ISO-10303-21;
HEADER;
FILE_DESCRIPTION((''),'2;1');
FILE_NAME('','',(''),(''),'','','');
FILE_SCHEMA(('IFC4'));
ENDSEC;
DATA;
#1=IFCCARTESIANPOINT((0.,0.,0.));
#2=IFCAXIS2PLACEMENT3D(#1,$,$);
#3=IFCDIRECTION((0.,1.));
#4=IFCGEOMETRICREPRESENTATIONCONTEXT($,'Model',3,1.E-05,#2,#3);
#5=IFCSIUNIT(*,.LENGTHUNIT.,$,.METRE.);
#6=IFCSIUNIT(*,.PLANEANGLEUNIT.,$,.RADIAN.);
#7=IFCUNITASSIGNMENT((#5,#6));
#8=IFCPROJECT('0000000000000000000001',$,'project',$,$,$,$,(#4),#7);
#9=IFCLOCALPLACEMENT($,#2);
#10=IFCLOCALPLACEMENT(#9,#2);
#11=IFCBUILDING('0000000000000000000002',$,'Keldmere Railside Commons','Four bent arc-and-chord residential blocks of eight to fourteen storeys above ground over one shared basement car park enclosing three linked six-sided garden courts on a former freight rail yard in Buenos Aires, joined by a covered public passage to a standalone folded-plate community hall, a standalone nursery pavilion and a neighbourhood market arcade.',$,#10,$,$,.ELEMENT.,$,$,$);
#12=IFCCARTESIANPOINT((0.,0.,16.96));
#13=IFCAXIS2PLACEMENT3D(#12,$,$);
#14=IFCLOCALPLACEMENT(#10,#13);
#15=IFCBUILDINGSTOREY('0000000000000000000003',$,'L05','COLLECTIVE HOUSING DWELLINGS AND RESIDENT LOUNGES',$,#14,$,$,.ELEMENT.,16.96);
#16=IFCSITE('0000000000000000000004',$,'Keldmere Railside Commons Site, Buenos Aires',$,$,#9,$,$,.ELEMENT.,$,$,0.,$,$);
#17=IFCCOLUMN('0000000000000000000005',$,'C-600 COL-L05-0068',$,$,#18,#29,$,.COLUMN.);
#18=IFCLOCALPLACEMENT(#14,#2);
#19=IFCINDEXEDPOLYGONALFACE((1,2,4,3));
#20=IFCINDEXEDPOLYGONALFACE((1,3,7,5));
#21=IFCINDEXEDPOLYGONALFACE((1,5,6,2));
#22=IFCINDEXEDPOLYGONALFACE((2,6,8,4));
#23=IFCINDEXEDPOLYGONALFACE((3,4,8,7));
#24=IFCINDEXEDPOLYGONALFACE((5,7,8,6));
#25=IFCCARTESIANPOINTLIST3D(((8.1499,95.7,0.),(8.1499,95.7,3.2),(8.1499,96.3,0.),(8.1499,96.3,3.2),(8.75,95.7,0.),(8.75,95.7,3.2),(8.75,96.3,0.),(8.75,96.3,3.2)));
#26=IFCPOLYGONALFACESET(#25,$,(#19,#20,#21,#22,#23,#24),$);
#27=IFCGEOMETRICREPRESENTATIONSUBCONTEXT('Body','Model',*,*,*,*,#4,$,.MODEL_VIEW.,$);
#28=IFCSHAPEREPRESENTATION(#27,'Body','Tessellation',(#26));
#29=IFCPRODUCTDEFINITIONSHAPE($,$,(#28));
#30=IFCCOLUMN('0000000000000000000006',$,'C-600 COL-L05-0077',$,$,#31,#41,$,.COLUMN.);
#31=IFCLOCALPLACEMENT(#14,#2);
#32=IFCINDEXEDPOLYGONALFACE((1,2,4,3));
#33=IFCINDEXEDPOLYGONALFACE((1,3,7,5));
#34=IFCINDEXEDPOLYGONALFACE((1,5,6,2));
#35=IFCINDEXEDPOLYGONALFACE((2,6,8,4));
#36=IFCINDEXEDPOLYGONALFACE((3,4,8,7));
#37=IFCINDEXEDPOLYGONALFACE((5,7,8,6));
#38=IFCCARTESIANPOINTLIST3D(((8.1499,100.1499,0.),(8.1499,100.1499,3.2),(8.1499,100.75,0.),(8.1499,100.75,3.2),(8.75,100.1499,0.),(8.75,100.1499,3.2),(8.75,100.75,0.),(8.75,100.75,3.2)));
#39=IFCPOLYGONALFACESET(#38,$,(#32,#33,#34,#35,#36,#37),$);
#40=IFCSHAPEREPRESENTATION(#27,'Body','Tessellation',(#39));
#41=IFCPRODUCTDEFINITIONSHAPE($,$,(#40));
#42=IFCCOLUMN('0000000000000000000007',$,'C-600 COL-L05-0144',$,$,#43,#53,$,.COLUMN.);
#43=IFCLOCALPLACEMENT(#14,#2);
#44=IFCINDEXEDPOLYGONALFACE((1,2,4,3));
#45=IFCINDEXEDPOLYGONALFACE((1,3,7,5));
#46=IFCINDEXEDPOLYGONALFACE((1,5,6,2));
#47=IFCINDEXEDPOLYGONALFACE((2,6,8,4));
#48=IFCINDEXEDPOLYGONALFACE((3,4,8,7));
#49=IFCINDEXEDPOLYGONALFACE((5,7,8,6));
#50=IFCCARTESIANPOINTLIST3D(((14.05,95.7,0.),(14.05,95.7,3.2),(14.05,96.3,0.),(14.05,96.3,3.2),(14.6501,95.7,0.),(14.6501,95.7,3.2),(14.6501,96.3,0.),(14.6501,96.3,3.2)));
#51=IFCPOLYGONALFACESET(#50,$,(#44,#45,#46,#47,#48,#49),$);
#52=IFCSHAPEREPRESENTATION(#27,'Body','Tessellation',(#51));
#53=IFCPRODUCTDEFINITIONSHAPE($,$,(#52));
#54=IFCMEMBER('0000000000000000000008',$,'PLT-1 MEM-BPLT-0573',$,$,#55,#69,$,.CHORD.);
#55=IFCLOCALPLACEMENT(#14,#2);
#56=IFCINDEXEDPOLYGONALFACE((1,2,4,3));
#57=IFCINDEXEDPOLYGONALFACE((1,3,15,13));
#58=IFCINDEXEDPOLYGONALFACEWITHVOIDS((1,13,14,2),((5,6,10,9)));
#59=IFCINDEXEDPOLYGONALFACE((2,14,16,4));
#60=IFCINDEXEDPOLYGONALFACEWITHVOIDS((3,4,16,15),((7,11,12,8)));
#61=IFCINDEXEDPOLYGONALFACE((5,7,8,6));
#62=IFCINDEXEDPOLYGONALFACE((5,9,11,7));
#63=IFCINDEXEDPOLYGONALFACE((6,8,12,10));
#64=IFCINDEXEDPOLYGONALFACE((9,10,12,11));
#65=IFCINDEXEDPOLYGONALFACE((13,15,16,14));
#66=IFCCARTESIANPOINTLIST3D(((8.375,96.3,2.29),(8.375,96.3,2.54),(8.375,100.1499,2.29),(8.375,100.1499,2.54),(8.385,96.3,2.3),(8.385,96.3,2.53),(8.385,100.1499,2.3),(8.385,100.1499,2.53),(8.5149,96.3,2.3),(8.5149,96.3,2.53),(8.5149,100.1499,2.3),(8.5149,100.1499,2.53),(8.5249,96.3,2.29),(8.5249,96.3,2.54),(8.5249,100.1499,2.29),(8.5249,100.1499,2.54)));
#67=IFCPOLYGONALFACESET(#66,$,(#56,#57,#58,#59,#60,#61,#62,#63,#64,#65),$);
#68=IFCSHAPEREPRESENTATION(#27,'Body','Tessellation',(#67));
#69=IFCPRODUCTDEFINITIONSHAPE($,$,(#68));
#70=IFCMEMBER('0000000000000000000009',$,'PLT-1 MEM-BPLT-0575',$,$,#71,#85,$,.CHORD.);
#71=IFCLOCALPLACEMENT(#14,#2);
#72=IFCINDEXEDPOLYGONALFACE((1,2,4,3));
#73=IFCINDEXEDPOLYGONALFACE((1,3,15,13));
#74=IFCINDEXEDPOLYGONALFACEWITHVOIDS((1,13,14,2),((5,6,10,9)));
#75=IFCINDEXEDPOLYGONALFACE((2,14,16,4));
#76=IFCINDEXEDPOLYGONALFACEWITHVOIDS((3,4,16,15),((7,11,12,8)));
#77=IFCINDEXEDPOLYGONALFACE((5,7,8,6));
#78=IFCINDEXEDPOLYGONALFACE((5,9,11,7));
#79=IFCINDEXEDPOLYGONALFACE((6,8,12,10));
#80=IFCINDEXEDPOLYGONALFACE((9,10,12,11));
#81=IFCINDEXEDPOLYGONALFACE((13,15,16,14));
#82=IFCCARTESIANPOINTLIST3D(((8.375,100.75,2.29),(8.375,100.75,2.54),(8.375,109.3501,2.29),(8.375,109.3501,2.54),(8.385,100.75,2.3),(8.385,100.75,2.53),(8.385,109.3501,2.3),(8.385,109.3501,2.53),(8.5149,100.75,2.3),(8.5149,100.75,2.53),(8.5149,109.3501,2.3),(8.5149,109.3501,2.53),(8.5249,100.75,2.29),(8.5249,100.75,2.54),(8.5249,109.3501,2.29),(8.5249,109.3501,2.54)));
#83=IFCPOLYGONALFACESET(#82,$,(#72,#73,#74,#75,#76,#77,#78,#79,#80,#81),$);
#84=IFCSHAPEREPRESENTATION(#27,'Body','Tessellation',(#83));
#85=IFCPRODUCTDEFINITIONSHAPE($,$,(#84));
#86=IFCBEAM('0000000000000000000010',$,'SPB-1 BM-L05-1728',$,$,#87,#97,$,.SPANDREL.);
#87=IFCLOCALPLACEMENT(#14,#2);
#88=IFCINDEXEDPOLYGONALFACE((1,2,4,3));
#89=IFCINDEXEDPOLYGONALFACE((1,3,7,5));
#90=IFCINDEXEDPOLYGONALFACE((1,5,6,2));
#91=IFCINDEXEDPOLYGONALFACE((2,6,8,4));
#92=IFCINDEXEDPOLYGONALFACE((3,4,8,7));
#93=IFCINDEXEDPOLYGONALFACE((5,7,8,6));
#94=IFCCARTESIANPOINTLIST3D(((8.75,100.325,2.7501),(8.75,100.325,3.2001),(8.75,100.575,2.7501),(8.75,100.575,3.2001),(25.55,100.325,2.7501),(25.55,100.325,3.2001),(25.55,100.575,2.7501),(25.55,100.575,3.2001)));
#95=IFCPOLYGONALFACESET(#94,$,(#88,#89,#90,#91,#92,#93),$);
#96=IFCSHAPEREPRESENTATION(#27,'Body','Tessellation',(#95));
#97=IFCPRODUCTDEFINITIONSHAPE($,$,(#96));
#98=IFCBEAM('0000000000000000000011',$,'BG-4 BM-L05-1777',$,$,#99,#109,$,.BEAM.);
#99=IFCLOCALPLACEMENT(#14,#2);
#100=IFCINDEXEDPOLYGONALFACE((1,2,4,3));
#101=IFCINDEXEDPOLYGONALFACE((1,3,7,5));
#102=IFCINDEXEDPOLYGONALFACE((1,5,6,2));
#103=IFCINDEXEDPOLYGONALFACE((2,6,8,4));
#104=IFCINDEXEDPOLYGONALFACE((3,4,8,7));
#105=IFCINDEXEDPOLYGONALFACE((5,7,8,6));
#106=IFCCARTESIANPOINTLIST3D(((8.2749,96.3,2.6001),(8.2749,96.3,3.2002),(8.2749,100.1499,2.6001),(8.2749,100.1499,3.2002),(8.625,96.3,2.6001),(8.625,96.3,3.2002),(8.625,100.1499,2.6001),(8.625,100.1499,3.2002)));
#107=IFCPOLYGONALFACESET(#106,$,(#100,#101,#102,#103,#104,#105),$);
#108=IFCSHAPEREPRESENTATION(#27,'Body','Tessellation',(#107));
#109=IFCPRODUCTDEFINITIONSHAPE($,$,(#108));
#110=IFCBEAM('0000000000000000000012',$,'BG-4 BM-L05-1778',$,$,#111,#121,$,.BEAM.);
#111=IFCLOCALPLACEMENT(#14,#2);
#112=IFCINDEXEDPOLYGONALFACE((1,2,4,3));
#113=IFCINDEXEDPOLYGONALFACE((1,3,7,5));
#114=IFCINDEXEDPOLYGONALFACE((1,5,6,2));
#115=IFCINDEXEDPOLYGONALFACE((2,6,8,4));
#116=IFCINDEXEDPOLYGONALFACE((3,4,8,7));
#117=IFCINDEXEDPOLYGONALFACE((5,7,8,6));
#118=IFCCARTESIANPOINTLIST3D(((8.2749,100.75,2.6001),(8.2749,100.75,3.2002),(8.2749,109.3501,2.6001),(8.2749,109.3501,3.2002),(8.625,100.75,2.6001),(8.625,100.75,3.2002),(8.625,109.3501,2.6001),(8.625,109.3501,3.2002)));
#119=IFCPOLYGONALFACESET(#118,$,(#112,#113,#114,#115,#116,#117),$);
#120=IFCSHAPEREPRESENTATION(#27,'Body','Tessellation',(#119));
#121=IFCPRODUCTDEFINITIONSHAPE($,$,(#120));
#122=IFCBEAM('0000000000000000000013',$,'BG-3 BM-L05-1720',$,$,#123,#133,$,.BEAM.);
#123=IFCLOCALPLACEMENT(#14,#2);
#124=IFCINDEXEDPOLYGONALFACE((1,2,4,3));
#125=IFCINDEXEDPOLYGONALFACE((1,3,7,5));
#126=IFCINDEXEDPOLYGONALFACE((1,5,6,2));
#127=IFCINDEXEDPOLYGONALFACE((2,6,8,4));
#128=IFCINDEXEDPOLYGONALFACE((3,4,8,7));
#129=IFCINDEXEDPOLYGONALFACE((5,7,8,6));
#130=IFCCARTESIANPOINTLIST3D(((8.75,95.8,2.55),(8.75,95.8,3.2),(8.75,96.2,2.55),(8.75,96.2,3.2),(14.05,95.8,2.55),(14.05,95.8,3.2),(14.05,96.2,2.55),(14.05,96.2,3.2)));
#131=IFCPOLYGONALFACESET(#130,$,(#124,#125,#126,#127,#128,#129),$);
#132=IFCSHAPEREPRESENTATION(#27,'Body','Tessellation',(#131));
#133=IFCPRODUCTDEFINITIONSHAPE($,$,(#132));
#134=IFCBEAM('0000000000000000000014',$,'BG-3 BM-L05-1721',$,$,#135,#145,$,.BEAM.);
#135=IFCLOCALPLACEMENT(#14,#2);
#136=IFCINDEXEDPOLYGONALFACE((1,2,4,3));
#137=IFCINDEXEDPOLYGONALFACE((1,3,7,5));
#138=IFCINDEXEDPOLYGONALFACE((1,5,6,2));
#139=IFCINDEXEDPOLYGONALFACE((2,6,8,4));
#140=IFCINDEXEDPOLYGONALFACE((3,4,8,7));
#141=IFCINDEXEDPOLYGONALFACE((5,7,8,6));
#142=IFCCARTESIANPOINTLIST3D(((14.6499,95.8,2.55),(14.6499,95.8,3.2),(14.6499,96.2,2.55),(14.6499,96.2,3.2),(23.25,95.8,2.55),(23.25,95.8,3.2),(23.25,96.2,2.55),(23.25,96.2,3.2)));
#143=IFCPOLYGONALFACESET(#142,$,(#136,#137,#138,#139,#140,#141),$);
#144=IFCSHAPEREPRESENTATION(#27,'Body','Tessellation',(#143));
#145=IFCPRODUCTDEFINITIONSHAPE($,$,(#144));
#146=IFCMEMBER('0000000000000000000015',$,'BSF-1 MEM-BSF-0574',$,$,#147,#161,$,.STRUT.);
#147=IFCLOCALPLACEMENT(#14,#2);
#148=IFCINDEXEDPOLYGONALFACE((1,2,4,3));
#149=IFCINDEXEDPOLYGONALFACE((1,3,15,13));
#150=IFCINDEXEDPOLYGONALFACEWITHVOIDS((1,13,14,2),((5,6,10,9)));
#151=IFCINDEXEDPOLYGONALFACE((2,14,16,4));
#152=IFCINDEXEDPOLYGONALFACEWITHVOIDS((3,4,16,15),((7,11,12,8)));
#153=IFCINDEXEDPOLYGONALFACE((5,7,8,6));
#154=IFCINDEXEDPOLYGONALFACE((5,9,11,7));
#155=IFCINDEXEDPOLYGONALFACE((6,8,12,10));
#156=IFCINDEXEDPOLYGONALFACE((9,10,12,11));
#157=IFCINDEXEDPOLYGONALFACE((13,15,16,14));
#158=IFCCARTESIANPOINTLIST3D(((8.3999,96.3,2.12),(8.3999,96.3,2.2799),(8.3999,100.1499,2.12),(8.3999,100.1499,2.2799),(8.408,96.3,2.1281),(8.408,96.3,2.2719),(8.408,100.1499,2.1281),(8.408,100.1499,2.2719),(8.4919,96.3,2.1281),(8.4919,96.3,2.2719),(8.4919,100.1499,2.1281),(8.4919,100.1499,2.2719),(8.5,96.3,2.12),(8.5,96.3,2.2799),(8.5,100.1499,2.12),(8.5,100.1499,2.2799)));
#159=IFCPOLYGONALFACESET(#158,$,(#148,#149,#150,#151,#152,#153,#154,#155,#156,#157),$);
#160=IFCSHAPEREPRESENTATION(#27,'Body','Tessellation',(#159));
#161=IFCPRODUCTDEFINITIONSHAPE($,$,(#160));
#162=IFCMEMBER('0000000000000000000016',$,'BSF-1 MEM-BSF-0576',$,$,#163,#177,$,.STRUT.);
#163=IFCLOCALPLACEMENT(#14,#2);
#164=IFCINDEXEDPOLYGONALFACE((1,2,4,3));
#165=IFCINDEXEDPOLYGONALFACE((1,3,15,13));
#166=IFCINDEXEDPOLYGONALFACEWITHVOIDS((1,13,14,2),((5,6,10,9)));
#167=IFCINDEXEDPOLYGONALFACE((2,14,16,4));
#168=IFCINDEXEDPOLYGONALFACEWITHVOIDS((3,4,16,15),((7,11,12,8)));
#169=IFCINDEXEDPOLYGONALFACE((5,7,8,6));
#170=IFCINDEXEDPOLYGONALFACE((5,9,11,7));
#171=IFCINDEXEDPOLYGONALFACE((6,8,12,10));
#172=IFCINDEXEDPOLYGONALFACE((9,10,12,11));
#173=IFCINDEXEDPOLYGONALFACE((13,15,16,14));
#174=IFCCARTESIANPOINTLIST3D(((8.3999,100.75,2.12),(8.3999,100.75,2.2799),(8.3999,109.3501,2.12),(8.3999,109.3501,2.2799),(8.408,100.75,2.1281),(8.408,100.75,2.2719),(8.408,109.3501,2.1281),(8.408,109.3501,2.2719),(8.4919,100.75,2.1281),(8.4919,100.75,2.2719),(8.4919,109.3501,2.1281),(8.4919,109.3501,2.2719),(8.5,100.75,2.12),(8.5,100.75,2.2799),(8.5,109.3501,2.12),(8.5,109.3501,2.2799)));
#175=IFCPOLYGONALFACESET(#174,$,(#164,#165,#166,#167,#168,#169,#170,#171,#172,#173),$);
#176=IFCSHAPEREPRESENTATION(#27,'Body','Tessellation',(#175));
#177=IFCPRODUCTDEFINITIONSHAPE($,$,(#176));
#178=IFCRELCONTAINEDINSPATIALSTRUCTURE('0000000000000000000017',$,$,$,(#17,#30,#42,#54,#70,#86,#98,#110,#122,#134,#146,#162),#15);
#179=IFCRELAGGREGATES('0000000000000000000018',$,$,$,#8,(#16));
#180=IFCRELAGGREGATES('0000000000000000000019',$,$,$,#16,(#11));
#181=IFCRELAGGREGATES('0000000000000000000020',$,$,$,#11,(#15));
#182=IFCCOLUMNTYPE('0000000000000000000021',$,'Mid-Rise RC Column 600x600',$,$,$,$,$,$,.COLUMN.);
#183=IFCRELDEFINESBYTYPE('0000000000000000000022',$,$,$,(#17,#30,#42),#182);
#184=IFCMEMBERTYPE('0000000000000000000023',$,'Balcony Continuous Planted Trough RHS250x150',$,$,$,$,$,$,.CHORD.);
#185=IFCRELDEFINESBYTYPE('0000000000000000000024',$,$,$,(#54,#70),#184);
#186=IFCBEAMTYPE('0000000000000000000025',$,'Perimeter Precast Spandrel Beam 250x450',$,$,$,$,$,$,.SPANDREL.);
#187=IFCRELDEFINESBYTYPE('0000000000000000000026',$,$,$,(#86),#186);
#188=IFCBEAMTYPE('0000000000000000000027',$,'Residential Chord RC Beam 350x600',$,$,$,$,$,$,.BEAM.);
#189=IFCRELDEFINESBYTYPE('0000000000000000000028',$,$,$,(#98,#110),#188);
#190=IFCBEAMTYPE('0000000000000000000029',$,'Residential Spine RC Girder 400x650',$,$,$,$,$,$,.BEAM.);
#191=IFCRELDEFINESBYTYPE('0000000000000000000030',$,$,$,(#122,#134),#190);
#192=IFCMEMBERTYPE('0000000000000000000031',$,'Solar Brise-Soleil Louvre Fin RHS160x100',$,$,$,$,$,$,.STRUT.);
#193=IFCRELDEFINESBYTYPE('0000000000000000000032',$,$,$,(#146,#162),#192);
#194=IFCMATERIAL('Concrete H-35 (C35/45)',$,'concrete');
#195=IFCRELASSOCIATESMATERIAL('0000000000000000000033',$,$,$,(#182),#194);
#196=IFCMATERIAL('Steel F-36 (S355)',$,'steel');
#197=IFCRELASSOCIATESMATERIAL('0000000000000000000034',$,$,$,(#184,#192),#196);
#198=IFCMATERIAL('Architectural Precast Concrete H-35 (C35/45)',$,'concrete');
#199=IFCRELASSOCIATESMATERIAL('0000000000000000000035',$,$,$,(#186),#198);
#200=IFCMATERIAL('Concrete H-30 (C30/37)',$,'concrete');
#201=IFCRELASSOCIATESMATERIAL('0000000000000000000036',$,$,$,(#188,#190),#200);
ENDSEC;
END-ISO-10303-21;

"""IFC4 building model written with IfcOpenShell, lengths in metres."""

from ifc_helpers import new_model, si_unit, direction, frame, origin, origin_2d, place, context, subcontext, project, spatial, rectangle, hollow_rectangle, extrude, material, material_profile, profile_set, type_object, element, save


model = new_model("IFC4")

# Units and contexts
model_context = context("Model", 3, precision=1e-05, world=origin(), true_north=direction((0.0, 1.0)))
body_context = subcontext(model_context, "Body", "Model", "MODEL_VIEW")
ifc_project = project(units=[si_unit("LENGTHUNIT", "METRE"), si_unit("PLANEANGLEUNIT", "RADIAN")], contexts=[model_context])

# Site, building, storey
site_placement = place(None, origin())
site = spatial("IfcSite", under=ifc_project, at=site_placement, Name="Keldmere Railside Commons Site, Buenos Aires", CompositionType="ELEMENT", RefElevation=0.0)
building_placement = place(site_placement, origin())
building = spatial("IfcBuilding", under=site, at=building_placement, Name="Keldmere Railside Commons", Description="Four bent arc-and-chord residential blocks of eight to fourteen storeys above ground over one shared basement car park enclosing three linked six-sided garden courts on a former freight rail yard in Buenos Aires, joined by a covered public passage to a standalone folded-plate community hall, a standalone nursery pavilion and a neighbourhood market arcade.", CompositionType="ELEMENT")
storey_placement = place(building_placement, frame((0.0, 0.0, 16.96)))
storey = spatial("IfcBuildingStorey", under=building, at=storey_placement, Name="L05", Description="COLLECTIVE HOUSING DWELLINGS AND RESIDENT LOUNGES", CompositionType="ELEMENT", Elevation=16.96)

# Columns
ifc_material_1 = material(Name="Concrete H-35 (C35/45)", Category="concrete")
ifc_material_profile_1 = material_profile(ifc_material_1, rectangle(XDim=0.6001, YDim=0.6001, at=origin_2d()), Name="RC-600x600")
ifc_profile_set_1 = profile_set([ifc_material_profile_1], Name="Concrete H-35 (C35/45)")
column_type = type_object("IfcColumnType", Name="Mid-Rise RC Column 600x600", PredefinedType="COLUMN", material=ifc_profile_set_1)
for number, where, z_axis, x_axis, name in (
    (1, (8.45, 96.0, 0.0), (0.0, 0.0, 1.0), (1.0, 0.0, 0.0), "C-600 COL-L05-0068"),
    (2, (8.45, 100.45, 0.0), (0.0, 0.0, 1.0), (1.0, 0.0, 0.0), "C-600 COL-L05-0077"),
    (3, (14.3501, 96.0, 0.0), (0.0, 0.0, 1.0), (1.0, 0.0, 0.0), "C-600 COL-L05-0144"),
):
    element("IfcColumn", number, at=place(storey_placement, frame(where, z_axis=z_axis, x_axis=x_axis)), inside=storey, type_object=column_type, Name=name, PredefinedType="COLUMN", context=body_context, shape_type="SweptSolid", body=[
        extrude(rectangle(XDim=0.6001, YDim=0.6001, at=origin_2d()), origin(), (0.0, 0.0, 1.0), 3.2),
    ])

# Members
ifc_material_2 = material(Name="Steel F-36 (S355)", Category="steel")
ifc_material_profile_2 = material_profile(ifc_material_2, hollow_rectangle(XDim=0.1499, YDim=0.25, WallThickness=0.01, at=origin_2d()), Name="RHS-250x150x10")
ifc_profile_set_2 = profile_set([ifc_material_profile_2], Name="Steel F-36 (S355)")
member_type_1 = type_object("IfcMemberType", Name="Balcony Continuous Planted Trough RHS250x150", PredefinedType="CHORD", material=ifc_profile_set_2)
member_1_placement = place(storey_placement, frame((8.45, 96.3, 2.415), z_axis=(0.0, 1.0, 0.0), x_axis=(-1.0, 0.0, 0.0)))
element("IfcMember", 4, at=member_1_placement, inside=storey, type_object=member_type_1, Name="PLT-1 MEM-BPLT-0573", PredefinedType="CHORD", context=body_context, shape_type="SweptSolid", body=[
    extrude(hollow_rectangle(XDim=0.1499, YDim=0.25, WallThickness=0.01, at=origin_2d()), origin(), (0.0, 0.0, 1.0), 3.8499),
])
member_2_placement = place(storey_placement, frame((8.45, 100.75, 2.415), z_axis=(0.0, 1.0, 0.0), x_axis=(-1.0, 0.0, 0.0)))
element("IfcMember", 5, at=member_2_placement, inside=storey, type_object=member_type_1, Name="PLT-1 MEM-BPLT-0575", PredefinedType="CHORD", context=body_context, shape_type="SweptSolid", body=[
    extrude(hollow_rectangle(XDim=0.1499, YDim=0.25, WallThickness=0.01, at=origin_2d()), origin(), (0.0, 0.0, 1.0), 8.6001),
])

# Beams
ifc_material_3 = material(Name="Architectural Precast Concrete H-35 (C35/45)", Category="concrete")
ifc_material_profile_3 = material_profile(ifc_material_3, rectangle(XDim=0.25, YDim=0.45, at=origin_2d()), Name="RC-250x450")
ifc_profile_set_3 = profile_set([ifc_material_profile_3], Name="Architectural Precast Concrete H-35 (C35/45)")
beam_type_1 = type_object("IfcBeamType", Name="Perimeter Precast Spandrel Beam 250x450", PredefinedType="SPANDREL", material=ifc_profile_set_3)
beam_1_placement = place(storey_placement, frame((8.75, 100.45, 2.9751), z_axis=(1.0, 0.0, 0.0), x_axis=(0.0, 1.0, 0.0)))
element("IfcBeam", 6, at=beam_1_placement, inside=storey, type_object=beam_type_1, Name="SPB-1 BM-L05-1728", PredefinedType="SPANDREL", context=body_context, shape_type="SweptSolid", body=[
    extrude(rectangle(XDim=0.25, YDim=0.45, at=origin_2d()), origin(), (0.0, 0.0, 1.0), 16.8),
])
ifc_material_4 = material(Name="Concrete H-30 (C30/37)", Category="concrete")
ifc_material_profile_4 = material_profile(ifc_material_4, rectangle(XDim=0.3501, YDim=0.6001, at=origin_2d()), Name="RC-350x600")
ifc_profile_set_4 = profile_set([ifc_material_profile_4], Name="Concrete H-30 (C30/37)")
beam_type_2 = type_object("IfcBeamType", Name="Residential Chord RC Beam 350x600", PredefinedType="BEAM", material=ifc_profile_set_4)
beam_2_placement = place(storey_placement, frame((8.45, 96.3, 2.9001), z_axis=(0.0, 1.0, 0.0), x_axis=(-1.0, 0.0, 0.0)))
element("IfcBeam", 7, at=beam_2_placement, inside=storey, type_object=beam_type_2, Name="BG-4 BM-L05-1777", PredefinedType="BEAM", context=body_context, shape_type="SweptSolid", body=[
    extrude(rectangle(XDim=0.3501, YDim=0.6001, at=origin_2d()), origin(), (0.0, 0.0, 1.0), 3.8499),
])
beam_3_placement = place(storey_placement, frame((8.45, 100.75, 2.9001), z_axis=(0.0, 1.0, 0.0), x_axis=(-1.0, 0.0, 0.0)))
element("IfcBeam", 8, at=beam_3_placement, inside=storey, type_object=beam_type_2, Name="BG-4 BM-L05-1778", PredefinedType="BEAM", context=body_context, shape_type="SweptSolid", body=[
    extrude(rectangle(XDim=0.3501, YDim=0.6001, at=origin_2d()), origin(), (0.0, 0.0, 1.0), 8.6001),
])
ifc_material_profile_5 = material_profile(ifc_material_4, rectangle(XDim=0.3999, YDim=0.6499, at=origin_2d()), Name="RC-400x650")
ifc_profile_set_5 = profile_set([ifc_material_profile_5], Name="Concrete H-30 (C30/37)")
beam_type_3 = type_object("IfcBeamType", Name="Residential Spine RC Girder 400x650", PredefinedType="BEAM", material=ifc_profile_set_5)
beam_4_placement = place(storey_placement, frame((8.75, 96.0, 2.875), z_axis=(1.0, 0.0, 0.0), x_axis=(0.0, 1.0, 0.0)))
element("IfcBeam", 9, at=beam_4_placement, inside=storey, type_object=beam_type_3, Name="BG-3 BM-L05-1720", PredefinedType="BEAM", context=body_context, shape_type="SweptSolid", body=[
    extrude(rectangle(XDim=0.3999, YDim=0.6499, at=origin_2d()), origin(), (0.0, 0.0, 1.0), 5.3),
])
beam_5_placement = place(storey_placement, frame((14.6499, 96.0, 2.875), z_axis=(1.0, 0.0, 0.0), x_axis=(0.0, 1.0, 0.0)))
element("IfcBeam", 10, at=beam_5_placement, inside=storey, type_object=beam_type_3, Name="BG-3 BM-L05-1721", PredefinedType="BEAM", context=body_context, shape_type="SweptSolid", body=[
    extrude(rectangle(XDim=0.3999, YDim=0.6499, at=origin_2d()), origin(), (0.0, 0.0, 1.0), 8.6001),
])

# Members
ifc_material_profile_6 = material_profile(ifc_material_2, hollow_rectangle(XDim=0.1001, YDim=0.1599, WallThickness=0.0081, at=origin_2d()), Name="RHS-160x100x8")
ifc_profile_set_6 = profile_set([ifc_material_profile_6], Name="Steel F-36 (S355)")
member_type_2 = type_object("IfcMemberType", Name="Solar Brise-Soleil Louvre Fin RHS160x100", PredefinedType="STRUT", material=ifc_profile_set_6)
member_3_placement = place(storey_placement, frame((8.45, 96.3, 2.2), z_axis=(0.0, 1.0, 0.0), x_axis=(-1.0, 0.0, 0.0)))
element("IfcMember", 11, at=member_3_placement, inside=storey, type_object=member_type_2, Name="BSF-1 MEM-BSF-0574", PredefinedType="STRUT", context=body_context, shape_type="SweptSolid", body=[
    extrude(hollow_rectangle(XDim=0.1001, YDim=0.1599, WallThickness=0.0081, at=origin_2d()), origin(), (0.0, 0.0, 1.0), 3.8499),
])
member_4_placement = place(storey_placement, frame((8.45, 100.75, 2.2), z_axis=(0.0, 1.0, 0.0), x_axis=(-1.0, 0.0, 0.0)))
element("IfcMember", 12, at=member_4_placement, inside=storey, type_object=member_type_2, Name="BSF-1 MEM-BSF-0576", PredefinedType="STRUT", context=body_context, shape_type="SweptSolid", body=[
    extrude(hollow_rectangle(XDim=0.1001, YDim=0.1599, WallThickness=0.0081, at=origin_2d()), origin(), (0.0, 0.0, 1.0), 8.6001),
])

save(model, "model.ifc")
